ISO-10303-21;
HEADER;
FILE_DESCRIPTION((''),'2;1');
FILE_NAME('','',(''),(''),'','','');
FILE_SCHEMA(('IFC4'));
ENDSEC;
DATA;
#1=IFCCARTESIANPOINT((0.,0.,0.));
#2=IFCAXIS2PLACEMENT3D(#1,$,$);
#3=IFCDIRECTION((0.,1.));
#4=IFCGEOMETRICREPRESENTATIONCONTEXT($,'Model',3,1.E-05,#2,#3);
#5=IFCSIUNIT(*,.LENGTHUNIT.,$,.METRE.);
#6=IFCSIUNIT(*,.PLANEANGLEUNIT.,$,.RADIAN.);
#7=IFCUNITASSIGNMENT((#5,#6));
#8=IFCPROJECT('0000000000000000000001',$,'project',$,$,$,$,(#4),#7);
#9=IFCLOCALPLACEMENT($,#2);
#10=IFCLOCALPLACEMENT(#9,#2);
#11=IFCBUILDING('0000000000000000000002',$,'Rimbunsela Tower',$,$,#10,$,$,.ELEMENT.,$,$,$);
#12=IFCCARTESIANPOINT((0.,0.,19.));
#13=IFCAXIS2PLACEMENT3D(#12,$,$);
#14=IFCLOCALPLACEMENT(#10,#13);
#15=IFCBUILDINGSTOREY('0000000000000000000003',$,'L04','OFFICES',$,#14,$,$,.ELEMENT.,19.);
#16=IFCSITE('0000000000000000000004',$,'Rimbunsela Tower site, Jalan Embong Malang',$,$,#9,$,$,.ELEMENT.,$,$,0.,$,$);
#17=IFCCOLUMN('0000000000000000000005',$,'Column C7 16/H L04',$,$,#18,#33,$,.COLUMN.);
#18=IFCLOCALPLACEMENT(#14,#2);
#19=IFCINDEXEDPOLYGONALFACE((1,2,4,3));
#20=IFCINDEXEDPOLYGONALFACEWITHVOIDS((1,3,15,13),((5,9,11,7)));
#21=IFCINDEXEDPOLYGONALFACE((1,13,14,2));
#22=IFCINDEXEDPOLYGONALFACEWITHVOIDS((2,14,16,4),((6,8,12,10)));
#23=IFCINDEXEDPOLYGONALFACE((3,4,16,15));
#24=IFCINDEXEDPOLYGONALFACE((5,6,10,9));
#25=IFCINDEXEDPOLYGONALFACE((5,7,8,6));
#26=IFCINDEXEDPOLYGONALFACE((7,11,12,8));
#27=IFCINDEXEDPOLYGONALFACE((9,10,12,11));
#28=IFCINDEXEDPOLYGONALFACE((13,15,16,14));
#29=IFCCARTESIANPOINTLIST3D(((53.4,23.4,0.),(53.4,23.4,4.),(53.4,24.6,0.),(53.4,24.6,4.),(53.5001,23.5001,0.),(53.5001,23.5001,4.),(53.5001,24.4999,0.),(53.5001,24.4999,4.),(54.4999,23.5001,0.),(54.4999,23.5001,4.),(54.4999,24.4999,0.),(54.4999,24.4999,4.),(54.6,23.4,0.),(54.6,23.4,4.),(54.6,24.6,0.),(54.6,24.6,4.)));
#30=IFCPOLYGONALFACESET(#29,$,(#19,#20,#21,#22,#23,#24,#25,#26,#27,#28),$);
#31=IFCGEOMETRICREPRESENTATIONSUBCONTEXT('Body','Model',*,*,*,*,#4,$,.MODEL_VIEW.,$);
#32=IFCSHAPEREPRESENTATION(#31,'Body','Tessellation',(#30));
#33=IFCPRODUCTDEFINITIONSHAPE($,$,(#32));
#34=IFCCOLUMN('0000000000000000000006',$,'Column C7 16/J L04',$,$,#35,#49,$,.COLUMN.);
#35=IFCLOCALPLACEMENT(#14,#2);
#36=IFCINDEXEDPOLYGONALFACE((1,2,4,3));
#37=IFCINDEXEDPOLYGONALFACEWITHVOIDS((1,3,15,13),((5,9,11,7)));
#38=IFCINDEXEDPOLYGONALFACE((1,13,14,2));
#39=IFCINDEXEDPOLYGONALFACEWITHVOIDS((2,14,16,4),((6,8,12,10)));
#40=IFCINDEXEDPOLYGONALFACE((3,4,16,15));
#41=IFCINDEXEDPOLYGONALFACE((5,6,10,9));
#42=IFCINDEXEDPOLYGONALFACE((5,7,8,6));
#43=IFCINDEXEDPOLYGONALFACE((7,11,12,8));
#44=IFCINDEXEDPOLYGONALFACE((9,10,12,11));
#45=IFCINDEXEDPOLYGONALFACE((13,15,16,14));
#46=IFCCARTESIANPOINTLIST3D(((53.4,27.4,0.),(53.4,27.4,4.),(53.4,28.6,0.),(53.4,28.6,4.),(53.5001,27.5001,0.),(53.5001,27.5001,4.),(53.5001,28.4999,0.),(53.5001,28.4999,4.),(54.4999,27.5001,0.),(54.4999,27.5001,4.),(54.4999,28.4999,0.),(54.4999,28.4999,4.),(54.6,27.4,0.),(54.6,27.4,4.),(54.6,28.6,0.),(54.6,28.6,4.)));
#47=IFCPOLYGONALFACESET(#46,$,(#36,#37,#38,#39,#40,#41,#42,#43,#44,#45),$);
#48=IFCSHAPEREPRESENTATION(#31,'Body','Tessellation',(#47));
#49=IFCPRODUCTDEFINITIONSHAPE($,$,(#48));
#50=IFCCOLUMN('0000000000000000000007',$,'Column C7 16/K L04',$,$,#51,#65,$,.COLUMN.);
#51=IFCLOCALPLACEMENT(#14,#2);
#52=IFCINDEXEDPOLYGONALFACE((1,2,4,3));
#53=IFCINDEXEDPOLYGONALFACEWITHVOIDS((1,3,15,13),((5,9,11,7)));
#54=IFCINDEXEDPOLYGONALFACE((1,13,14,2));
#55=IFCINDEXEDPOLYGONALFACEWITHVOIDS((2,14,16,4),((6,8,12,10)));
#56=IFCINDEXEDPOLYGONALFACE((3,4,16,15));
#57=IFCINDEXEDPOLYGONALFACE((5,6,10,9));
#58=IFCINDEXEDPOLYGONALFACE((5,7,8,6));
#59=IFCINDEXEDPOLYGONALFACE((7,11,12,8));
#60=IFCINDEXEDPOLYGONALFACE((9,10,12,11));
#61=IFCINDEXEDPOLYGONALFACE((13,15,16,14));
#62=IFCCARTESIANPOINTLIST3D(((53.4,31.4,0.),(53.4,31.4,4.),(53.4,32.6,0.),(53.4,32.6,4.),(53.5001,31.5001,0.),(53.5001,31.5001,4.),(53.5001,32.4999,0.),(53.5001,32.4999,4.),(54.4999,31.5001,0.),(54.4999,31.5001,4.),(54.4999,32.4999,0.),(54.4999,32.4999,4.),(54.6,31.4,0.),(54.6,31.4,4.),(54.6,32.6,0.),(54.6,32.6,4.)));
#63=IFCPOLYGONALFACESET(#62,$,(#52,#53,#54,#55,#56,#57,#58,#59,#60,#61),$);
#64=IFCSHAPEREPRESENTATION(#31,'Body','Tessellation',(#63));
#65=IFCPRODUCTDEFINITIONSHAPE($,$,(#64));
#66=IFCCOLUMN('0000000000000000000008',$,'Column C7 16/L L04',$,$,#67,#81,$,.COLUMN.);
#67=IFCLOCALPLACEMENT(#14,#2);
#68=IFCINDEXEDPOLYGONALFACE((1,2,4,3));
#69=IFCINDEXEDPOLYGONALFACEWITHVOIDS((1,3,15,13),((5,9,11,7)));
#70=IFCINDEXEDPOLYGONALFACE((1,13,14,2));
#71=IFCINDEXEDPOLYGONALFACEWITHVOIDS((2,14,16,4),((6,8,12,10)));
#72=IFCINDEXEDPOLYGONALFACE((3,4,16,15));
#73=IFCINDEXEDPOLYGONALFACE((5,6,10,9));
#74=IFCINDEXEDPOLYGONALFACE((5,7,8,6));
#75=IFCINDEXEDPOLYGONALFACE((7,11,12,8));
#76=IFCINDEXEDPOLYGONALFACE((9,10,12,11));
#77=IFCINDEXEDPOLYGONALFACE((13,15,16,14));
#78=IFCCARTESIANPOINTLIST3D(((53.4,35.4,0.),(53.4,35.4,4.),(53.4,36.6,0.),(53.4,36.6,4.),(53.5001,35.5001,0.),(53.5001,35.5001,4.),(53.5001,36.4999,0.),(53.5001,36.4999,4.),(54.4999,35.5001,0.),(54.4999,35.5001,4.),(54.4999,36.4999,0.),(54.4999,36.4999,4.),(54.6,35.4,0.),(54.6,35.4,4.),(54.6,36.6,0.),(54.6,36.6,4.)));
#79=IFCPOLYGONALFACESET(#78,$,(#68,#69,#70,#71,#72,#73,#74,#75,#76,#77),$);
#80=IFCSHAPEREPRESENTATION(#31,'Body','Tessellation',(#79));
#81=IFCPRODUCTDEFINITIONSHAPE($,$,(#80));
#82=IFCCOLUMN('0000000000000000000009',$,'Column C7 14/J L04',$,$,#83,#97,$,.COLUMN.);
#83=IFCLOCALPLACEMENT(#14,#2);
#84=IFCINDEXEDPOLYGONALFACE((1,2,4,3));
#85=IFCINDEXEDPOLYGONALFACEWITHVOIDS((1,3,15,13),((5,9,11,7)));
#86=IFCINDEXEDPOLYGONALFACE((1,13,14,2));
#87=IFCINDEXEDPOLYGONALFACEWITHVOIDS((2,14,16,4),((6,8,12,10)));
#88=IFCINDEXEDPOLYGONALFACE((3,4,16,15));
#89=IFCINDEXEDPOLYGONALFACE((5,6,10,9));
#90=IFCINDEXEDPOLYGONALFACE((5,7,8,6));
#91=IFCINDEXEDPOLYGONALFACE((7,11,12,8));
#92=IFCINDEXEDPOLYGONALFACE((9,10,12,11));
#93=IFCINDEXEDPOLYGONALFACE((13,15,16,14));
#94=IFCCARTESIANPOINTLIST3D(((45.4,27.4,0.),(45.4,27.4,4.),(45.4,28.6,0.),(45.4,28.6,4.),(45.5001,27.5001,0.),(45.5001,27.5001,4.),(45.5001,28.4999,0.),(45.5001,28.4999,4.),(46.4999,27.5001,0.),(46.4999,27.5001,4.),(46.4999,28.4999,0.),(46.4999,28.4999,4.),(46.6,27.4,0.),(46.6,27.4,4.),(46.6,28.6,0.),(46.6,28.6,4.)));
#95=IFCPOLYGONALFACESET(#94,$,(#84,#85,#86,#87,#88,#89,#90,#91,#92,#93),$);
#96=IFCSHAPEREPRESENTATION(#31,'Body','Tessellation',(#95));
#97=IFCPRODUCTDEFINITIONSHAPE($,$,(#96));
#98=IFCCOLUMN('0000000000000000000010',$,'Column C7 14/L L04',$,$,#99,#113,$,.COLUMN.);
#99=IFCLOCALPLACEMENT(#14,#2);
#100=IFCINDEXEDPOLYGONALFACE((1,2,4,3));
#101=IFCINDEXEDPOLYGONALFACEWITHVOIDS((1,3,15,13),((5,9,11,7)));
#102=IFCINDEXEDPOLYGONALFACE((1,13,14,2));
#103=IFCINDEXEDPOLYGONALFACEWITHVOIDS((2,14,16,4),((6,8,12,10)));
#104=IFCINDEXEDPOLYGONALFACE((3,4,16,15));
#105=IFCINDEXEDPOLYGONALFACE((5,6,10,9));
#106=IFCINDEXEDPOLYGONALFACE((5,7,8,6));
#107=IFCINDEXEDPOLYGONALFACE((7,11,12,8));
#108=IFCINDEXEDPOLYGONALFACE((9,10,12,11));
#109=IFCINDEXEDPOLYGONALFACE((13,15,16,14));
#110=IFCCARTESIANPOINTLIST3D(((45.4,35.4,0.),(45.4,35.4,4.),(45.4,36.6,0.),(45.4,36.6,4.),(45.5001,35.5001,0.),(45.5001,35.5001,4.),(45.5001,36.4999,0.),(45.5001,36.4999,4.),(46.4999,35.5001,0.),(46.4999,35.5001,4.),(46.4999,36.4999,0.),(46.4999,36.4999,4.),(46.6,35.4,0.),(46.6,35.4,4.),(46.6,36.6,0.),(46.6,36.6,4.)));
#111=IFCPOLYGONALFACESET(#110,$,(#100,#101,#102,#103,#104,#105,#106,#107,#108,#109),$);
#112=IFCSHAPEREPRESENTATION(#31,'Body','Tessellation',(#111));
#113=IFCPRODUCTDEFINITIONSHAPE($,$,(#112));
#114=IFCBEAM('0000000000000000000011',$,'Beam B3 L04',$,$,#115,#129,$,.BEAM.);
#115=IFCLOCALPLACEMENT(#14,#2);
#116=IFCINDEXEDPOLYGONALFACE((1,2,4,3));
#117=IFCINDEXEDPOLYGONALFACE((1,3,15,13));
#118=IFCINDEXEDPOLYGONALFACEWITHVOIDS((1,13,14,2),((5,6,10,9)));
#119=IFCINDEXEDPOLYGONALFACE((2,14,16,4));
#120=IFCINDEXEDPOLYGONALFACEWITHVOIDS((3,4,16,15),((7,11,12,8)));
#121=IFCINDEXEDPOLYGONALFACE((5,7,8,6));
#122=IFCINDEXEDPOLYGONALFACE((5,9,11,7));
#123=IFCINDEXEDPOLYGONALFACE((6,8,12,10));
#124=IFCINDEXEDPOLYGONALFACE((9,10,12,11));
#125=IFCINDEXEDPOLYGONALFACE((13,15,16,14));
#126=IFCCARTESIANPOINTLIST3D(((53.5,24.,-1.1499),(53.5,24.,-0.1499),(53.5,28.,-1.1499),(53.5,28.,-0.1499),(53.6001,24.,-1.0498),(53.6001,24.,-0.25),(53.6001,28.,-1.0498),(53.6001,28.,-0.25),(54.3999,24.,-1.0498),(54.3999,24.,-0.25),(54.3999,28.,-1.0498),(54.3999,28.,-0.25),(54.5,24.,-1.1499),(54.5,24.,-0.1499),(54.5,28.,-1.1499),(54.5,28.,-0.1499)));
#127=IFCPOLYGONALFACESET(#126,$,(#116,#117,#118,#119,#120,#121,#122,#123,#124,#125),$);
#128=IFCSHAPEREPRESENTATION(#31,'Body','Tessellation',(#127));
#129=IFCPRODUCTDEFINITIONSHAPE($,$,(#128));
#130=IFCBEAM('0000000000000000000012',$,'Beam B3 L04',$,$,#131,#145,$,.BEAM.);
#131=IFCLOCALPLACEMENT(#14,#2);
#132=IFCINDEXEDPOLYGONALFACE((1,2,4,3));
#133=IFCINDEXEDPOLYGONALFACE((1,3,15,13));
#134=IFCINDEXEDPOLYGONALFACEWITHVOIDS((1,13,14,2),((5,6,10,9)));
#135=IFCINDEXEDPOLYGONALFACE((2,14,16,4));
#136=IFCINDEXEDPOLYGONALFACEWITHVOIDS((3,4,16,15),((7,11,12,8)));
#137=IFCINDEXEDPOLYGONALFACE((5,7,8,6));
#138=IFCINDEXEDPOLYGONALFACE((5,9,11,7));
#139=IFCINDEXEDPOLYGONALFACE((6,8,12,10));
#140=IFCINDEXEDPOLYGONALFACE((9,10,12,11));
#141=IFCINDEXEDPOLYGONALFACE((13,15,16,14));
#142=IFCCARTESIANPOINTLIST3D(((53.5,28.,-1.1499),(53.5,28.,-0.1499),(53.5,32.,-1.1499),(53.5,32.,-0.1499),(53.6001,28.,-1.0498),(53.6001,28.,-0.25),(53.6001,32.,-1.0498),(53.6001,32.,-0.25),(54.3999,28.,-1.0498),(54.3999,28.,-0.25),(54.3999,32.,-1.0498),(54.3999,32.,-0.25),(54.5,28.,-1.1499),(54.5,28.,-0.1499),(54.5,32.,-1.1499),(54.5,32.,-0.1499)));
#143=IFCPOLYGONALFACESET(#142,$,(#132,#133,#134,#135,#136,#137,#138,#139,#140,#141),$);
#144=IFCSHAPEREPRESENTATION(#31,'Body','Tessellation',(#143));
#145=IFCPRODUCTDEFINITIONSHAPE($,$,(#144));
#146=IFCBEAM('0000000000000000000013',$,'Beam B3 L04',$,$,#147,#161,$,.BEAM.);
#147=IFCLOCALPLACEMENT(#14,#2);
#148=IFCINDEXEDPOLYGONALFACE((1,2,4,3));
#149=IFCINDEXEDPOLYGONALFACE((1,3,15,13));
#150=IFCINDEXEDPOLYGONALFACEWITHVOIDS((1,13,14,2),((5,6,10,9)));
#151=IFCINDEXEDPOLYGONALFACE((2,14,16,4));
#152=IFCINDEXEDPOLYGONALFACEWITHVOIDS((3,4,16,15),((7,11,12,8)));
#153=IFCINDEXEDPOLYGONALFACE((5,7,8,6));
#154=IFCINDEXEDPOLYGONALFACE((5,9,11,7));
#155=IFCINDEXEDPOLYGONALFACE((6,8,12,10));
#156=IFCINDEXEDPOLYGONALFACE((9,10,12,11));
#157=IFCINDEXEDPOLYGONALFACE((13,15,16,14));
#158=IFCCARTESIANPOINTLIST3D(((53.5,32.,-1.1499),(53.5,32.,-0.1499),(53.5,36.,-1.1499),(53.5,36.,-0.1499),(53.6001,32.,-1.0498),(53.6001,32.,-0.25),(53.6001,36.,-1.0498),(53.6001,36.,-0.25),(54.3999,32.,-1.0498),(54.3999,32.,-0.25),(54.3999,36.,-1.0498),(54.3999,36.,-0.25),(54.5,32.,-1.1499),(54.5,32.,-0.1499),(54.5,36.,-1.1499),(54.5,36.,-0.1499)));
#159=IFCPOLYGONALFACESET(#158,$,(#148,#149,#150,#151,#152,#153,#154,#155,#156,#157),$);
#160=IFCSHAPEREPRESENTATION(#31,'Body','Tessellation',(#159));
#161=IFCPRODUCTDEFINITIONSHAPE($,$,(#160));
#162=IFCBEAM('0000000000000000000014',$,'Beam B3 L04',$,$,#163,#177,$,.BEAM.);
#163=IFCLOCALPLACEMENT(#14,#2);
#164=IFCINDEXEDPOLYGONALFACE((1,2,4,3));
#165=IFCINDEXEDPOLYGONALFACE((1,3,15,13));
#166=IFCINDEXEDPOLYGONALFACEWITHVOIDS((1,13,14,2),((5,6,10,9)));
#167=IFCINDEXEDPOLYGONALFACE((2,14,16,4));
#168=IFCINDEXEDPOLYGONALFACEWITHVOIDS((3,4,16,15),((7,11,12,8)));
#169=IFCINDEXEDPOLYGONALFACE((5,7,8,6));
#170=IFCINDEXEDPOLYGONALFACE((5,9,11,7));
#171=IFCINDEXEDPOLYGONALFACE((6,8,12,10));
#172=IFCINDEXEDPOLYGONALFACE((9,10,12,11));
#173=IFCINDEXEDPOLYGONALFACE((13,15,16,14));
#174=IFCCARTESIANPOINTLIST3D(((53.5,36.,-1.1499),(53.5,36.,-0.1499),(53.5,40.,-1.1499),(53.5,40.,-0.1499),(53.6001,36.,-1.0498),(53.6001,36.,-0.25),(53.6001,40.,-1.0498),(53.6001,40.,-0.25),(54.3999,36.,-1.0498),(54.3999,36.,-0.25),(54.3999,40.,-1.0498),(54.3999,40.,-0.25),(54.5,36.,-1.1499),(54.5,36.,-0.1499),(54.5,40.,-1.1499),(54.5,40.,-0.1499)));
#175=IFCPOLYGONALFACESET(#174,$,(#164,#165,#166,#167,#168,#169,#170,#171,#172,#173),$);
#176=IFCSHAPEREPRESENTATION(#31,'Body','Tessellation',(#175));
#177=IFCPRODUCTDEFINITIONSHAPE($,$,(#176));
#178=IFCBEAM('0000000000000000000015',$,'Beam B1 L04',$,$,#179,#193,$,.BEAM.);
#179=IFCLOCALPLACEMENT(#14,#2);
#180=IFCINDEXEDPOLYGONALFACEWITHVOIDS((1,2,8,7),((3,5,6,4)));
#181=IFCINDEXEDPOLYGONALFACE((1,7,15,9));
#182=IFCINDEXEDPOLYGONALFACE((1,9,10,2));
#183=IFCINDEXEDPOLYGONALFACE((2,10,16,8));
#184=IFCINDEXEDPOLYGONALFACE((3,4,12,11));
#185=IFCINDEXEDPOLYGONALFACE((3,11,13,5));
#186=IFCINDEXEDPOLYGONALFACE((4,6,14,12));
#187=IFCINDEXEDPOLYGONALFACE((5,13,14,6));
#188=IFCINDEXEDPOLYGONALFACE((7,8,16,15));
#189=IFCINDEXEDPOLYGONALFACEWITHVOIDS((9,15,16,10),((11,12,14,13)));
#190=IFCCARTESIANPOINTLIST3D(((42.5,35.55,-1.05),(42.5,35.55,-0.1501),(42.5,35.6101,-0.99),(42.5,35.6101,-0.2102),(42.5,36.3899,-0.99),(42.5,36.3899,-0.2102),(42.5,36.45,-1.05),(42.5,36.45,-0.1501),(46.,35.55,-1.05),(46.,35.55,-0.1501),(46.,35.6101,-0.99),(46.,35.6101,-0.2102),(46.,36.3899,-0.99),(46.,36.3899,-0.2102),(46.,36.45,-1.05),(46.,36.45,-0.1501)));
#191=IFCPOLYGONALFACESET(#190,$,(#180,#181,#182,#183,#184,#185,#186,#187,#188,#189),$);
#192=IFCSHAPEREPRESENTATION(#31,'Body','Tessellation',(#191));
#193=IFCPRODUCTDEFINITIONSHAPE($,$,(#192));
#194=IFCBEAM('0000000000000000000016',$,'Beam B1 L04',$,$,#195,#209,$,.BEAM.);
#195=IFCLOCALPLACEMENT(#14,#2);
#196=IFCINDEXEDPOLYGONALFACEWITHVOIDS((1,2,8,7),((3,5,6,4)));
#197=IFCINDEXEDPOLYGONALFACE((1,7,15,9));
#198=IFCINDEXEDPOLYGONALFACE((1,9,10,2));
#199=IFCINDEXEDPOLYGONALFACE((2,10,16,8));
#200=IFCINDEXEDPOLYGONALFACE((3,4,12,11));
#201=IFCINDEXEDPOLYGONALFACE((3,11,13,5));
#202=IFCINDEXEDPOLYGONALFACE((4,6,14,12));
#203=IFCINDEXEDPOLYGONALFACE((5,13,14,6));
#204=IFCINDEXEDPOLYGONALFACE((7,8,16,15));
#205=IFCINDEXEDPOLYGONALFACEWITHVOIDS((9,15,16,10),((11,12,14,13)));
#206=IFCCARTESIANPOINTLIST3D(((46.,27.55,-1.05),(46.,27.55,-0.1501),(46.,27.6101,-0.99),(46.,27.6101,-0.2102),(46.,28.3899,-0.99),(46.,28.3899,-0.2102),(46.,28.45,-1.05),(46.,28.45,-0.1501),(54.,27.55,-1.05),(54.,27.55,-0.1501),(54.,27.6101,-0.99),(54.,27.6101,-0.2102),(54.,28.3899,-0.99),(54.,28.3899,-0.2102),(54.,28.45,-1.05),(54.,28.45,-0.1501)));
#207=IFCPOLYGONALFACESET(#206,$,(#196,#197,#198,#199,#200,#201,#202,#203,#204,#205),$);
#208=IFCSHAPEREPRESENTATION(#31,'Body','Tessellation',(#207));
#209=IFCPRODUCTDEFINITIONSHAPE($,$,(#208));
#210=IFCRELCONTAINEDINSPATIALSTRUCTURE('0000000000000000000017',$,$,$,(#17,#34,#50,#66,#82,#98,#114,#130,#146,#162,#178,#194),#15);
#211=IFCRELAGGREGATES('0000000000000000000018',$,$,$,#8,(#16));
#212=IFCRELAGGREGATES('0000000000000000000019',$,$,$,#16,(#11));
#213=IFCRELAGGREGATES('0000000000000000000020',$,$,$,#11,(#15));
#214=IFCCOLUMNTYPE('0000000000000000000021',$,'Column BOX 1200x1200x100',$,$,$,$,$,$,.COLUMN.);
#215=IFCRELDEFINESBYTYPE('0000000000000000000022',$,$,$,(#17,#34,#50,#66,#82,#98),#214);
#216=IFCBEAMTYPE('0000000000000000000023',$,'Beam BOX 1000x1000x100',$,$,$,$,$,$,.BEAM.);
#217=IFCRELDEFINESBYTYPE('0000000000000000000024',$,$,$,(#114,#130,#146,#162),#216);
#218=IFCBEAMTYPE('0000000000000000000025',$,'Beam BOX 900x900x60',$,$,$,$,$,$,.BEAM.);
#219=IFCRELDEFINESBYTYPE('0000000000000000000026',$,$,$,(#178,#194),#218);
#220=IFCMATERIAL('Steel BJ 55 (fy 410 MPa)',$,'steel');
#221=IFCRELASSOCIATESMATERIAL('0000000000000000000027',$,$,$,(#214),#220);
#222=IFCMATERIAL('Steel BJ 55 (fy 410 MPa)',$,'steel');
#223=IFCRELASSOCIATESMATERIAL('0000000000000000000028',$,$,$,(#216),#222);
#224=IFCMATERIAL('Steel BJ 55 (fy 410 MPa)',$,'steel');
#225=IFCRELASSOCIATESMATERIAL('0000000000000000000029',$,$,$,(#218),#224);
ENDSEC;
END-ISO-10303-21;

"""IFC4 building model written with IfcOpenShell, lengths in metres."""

from ifc_helpers import new_model, si_unit, direction, frame, origin, origin_2d, place, context, subcontext, project, spatial, hollow_rectangle, extrude, material, material_profile, profile_set, type_object, element, save


model = new_model("IFC4")

# Units and contexts
model_context = context("Model", 3, precision=1e-05, world=origin(), true_north=direction((0.0, 1.0)))
body_context = subcontext(model_context, "Body", "Model", "MODEL_VIEW")
ifc_project = project(units=[si_unit("LENGTHUNIT", "METRE"), si_unit("PLANEANGLEUNIT", "RADIAN")], contexts=[model_context])

# Site, building, storey
site_placement = place(None, origin())
site = spatial("IfcSite", under=ifc_project, at=site_placement, Name="Rimbunsela Tower site, Jalan Embong Malang", CompositionType="ELEMENT", RefElevation=0.0)
building_placement = place(site_placement, origin())
building = spatial("IfcBuilding", under=site, at=building_placement, Name="Rimbunsela Tower", CompositionType="ELEMENT")
storey_placement = place(building_placement, frame((0.0, 0.0, 19.0)))
storey = spatial("IfcBuildingStorey", under=building, at=storey_placement, Name="L04", Description="OFFICES", CompositionType="ELEMENT", Elevation=19.0)

# Columns
ifc_material_1 = material(Name="Steel BJ 55 (fy 410 MPa)", Category="steel")
ifc_material_profile_1 = material_profile(ifc_material_1, hollow_rectangle(XDim=1.2, YDim=1.2, WallThickness=0.1001, at=origin_2d()), Name="BOX 1200x1200x100")
ifc_profile_set_1 = profile_set([ifc_material_profile_1], Name="Steel BJ 55 (fy 410 MPa)")
column_type = type_object("IfcColumnType", Name="Column BOX 1200x1200x100", PredefinedType="COLUMN", material=ifc_profile_set_1)
for number, where, z_axis, x_axis, name in (
    (1, (54.0, 24.0, 0.0), (0.0, 0.0, 1.0), (1.0, 0.0, 0.0), "Column C7 16/H L04"),
    (2, (54.0, 28.0, 0.0), (0.0, 0.0, 1.0), (1.0, 0.0, 0.0), "Column C7 16/J L04"),
    (3, (54.0, 32.0, 0.0), (0.0, 0.0, 1.0), (1.0, 0.0, 0.0), "Column C7 16/K L04"),
    (4, (54.0, 36.0, 0.0), (0.0, 0.0, 1.0), (1.0, 0.0, 0.0), "Column C7 16/L L04"),
    (5, (46.0, 28.0, 0.0), (0.0, 0.0, 1.0), (1.0, 0.0, 0.0), "Column C7 14/J L04"),
    (6, (46.0, 36.0, 0.0), (0.0, 0.0, 1.0), (1.0, 0.0, 0.0), "Column C7 14/L L04"),
):
    element("IfcColumn", number, at=place(storey_placement, frame(where, z_axis=z_axis, x_axis=x_axis)), inside=storey, type_object=column_type, Name=name, PredefinedType="COLUMN", context=body_context, shape_type="SweptSolid", body=[
        extrude(hollow_rectangle(XDim=1.2, YDim=1.2, WallThickness=0.1001, at=origin_2d()), origin(), (0.0, 0.0, 1.0), 4.0),
    ])

# Beams
ifc_material_2 = material(Name="Steel BJ 55 (fy 410 MPa)", Category="steel")
ifc_material_profile_2 = material_profile(ifc_material_2, hollow_rectangle(XDim=1.0, YDim=1.0, WallThickness=0.1001, at=origin_2d()), Name="BOX 1000x1000x100")
ifc_profile_set_2 = profile_set([ifc_material_profile_2], Name="Steel BJ 55 (fy 410 MPa)")
beam_type_1 = type_object("IfcBeamType", Name="Beam BOX 1000x1000x100", PredefinedType="BEAM", material=ifc_profile_set_2)
for number, where, z_axis, x_axis, name in (
    (7, (54.0, 24.0, -0.6499), (0.0, 1.0, 0.0), (-1.0, 0.0, 0.0), "Beam B3 L04"),
    (8, (54.0, 28.0, -0.6499), (0.0, 1.0, 0.0), (-1.0, 0.0, 0.0), "Beam B3 L04"),
    (9, (54.0, 32.0, -0.6499), (0.0, 1.0, 0.0), (-1.0, 0.0, 0.0), "Beam B3 L04"),
    (10, (54.0, 36.0, -0.6499), (0.0, 1.0, 0.0), (-1.0, 0.0, 0.0), "Beam B3 L04"),
):
    element("IfcBeam", number, at=place(storey_placement, frame(where, z_axis=z_axis, x_axis=x_axis)), inside=storey, type_object=beam_type_1, Name=name, PredefinedType="BEAM", context=body_context, shape_type="SweptSolid", body=[
        extrude(hollow_rectangle(XDim=1.0, YDim=1.0, WallThickness=0.1001, at=origin_2d()), origin(), (0.0, 0.0, 1.0), 4.0),
    ])
ifc_material_3 = material(Name="Steel BJ 55 (fy 410 MPa)", Category="steel")
ifc_material_profile_3 = material_profile(ifc_material_3, hollow_rectangle(XDim=0.8999, YDim=0.8999, WallThickness=0.0601, at=origin_2d()), Name="BOX 900x900x60")
ifc_profile_set_3 = profile_set([ifc_material_profile_3], Name="Steel BJ 55 (fy 410 MPa)")
beam_type_2 = type_object("IfcBeamType", Name="Beam BOX 900x900x60", PredefinedType="BEAM", material=ifc_profile_set_3)
beam_1_placement = place(storey_placement, frame((42.5, 36.0, -0.6001), z_axis=(1.0, 0.0, 0.0), x_axis=(0.0, 1.0, 0.0)))
element("IfcBeam", 11, at=beam_1_placement, inside=storey, type_object=beam_type_2, Name="Beam B1 L04", PredefinedType="BEAM", context=body_context, shape_type="SweptSolid", body=[
    extrude(hollow_rectangle(XDim=0.8999, YDim=0.8999, WallThickness=0.0601, at=origin_2d()), origin(), (0.0, 0.0, 1.0), 3.5),
])
for number, where, z_axis, x_axis, name in (
    (12, (46.0, 28.0, -0.6001), (1.0, 0.0, 0.0), (0.0, 1.0, 0.0), "Beam B1 L04"),
):
    element("IfcBeam", number, at=place(storey_placement, frame(where, z_axis=z_axis, x_axis=x_axis)), inside=storey, type_object=beam_type_2, Name=name, PredefinedType="BEAM", context=body_context, shape_type="SweptSolid", body=[
        extrude(hollow_rectangle(XDim=0.8999, YDim=0.8999, WallThickness=0.0601, at=origin_2d()), origin(), (0.0, 0.0, 1.0), 8.0),
    ])

save(model, "model.ifc")
